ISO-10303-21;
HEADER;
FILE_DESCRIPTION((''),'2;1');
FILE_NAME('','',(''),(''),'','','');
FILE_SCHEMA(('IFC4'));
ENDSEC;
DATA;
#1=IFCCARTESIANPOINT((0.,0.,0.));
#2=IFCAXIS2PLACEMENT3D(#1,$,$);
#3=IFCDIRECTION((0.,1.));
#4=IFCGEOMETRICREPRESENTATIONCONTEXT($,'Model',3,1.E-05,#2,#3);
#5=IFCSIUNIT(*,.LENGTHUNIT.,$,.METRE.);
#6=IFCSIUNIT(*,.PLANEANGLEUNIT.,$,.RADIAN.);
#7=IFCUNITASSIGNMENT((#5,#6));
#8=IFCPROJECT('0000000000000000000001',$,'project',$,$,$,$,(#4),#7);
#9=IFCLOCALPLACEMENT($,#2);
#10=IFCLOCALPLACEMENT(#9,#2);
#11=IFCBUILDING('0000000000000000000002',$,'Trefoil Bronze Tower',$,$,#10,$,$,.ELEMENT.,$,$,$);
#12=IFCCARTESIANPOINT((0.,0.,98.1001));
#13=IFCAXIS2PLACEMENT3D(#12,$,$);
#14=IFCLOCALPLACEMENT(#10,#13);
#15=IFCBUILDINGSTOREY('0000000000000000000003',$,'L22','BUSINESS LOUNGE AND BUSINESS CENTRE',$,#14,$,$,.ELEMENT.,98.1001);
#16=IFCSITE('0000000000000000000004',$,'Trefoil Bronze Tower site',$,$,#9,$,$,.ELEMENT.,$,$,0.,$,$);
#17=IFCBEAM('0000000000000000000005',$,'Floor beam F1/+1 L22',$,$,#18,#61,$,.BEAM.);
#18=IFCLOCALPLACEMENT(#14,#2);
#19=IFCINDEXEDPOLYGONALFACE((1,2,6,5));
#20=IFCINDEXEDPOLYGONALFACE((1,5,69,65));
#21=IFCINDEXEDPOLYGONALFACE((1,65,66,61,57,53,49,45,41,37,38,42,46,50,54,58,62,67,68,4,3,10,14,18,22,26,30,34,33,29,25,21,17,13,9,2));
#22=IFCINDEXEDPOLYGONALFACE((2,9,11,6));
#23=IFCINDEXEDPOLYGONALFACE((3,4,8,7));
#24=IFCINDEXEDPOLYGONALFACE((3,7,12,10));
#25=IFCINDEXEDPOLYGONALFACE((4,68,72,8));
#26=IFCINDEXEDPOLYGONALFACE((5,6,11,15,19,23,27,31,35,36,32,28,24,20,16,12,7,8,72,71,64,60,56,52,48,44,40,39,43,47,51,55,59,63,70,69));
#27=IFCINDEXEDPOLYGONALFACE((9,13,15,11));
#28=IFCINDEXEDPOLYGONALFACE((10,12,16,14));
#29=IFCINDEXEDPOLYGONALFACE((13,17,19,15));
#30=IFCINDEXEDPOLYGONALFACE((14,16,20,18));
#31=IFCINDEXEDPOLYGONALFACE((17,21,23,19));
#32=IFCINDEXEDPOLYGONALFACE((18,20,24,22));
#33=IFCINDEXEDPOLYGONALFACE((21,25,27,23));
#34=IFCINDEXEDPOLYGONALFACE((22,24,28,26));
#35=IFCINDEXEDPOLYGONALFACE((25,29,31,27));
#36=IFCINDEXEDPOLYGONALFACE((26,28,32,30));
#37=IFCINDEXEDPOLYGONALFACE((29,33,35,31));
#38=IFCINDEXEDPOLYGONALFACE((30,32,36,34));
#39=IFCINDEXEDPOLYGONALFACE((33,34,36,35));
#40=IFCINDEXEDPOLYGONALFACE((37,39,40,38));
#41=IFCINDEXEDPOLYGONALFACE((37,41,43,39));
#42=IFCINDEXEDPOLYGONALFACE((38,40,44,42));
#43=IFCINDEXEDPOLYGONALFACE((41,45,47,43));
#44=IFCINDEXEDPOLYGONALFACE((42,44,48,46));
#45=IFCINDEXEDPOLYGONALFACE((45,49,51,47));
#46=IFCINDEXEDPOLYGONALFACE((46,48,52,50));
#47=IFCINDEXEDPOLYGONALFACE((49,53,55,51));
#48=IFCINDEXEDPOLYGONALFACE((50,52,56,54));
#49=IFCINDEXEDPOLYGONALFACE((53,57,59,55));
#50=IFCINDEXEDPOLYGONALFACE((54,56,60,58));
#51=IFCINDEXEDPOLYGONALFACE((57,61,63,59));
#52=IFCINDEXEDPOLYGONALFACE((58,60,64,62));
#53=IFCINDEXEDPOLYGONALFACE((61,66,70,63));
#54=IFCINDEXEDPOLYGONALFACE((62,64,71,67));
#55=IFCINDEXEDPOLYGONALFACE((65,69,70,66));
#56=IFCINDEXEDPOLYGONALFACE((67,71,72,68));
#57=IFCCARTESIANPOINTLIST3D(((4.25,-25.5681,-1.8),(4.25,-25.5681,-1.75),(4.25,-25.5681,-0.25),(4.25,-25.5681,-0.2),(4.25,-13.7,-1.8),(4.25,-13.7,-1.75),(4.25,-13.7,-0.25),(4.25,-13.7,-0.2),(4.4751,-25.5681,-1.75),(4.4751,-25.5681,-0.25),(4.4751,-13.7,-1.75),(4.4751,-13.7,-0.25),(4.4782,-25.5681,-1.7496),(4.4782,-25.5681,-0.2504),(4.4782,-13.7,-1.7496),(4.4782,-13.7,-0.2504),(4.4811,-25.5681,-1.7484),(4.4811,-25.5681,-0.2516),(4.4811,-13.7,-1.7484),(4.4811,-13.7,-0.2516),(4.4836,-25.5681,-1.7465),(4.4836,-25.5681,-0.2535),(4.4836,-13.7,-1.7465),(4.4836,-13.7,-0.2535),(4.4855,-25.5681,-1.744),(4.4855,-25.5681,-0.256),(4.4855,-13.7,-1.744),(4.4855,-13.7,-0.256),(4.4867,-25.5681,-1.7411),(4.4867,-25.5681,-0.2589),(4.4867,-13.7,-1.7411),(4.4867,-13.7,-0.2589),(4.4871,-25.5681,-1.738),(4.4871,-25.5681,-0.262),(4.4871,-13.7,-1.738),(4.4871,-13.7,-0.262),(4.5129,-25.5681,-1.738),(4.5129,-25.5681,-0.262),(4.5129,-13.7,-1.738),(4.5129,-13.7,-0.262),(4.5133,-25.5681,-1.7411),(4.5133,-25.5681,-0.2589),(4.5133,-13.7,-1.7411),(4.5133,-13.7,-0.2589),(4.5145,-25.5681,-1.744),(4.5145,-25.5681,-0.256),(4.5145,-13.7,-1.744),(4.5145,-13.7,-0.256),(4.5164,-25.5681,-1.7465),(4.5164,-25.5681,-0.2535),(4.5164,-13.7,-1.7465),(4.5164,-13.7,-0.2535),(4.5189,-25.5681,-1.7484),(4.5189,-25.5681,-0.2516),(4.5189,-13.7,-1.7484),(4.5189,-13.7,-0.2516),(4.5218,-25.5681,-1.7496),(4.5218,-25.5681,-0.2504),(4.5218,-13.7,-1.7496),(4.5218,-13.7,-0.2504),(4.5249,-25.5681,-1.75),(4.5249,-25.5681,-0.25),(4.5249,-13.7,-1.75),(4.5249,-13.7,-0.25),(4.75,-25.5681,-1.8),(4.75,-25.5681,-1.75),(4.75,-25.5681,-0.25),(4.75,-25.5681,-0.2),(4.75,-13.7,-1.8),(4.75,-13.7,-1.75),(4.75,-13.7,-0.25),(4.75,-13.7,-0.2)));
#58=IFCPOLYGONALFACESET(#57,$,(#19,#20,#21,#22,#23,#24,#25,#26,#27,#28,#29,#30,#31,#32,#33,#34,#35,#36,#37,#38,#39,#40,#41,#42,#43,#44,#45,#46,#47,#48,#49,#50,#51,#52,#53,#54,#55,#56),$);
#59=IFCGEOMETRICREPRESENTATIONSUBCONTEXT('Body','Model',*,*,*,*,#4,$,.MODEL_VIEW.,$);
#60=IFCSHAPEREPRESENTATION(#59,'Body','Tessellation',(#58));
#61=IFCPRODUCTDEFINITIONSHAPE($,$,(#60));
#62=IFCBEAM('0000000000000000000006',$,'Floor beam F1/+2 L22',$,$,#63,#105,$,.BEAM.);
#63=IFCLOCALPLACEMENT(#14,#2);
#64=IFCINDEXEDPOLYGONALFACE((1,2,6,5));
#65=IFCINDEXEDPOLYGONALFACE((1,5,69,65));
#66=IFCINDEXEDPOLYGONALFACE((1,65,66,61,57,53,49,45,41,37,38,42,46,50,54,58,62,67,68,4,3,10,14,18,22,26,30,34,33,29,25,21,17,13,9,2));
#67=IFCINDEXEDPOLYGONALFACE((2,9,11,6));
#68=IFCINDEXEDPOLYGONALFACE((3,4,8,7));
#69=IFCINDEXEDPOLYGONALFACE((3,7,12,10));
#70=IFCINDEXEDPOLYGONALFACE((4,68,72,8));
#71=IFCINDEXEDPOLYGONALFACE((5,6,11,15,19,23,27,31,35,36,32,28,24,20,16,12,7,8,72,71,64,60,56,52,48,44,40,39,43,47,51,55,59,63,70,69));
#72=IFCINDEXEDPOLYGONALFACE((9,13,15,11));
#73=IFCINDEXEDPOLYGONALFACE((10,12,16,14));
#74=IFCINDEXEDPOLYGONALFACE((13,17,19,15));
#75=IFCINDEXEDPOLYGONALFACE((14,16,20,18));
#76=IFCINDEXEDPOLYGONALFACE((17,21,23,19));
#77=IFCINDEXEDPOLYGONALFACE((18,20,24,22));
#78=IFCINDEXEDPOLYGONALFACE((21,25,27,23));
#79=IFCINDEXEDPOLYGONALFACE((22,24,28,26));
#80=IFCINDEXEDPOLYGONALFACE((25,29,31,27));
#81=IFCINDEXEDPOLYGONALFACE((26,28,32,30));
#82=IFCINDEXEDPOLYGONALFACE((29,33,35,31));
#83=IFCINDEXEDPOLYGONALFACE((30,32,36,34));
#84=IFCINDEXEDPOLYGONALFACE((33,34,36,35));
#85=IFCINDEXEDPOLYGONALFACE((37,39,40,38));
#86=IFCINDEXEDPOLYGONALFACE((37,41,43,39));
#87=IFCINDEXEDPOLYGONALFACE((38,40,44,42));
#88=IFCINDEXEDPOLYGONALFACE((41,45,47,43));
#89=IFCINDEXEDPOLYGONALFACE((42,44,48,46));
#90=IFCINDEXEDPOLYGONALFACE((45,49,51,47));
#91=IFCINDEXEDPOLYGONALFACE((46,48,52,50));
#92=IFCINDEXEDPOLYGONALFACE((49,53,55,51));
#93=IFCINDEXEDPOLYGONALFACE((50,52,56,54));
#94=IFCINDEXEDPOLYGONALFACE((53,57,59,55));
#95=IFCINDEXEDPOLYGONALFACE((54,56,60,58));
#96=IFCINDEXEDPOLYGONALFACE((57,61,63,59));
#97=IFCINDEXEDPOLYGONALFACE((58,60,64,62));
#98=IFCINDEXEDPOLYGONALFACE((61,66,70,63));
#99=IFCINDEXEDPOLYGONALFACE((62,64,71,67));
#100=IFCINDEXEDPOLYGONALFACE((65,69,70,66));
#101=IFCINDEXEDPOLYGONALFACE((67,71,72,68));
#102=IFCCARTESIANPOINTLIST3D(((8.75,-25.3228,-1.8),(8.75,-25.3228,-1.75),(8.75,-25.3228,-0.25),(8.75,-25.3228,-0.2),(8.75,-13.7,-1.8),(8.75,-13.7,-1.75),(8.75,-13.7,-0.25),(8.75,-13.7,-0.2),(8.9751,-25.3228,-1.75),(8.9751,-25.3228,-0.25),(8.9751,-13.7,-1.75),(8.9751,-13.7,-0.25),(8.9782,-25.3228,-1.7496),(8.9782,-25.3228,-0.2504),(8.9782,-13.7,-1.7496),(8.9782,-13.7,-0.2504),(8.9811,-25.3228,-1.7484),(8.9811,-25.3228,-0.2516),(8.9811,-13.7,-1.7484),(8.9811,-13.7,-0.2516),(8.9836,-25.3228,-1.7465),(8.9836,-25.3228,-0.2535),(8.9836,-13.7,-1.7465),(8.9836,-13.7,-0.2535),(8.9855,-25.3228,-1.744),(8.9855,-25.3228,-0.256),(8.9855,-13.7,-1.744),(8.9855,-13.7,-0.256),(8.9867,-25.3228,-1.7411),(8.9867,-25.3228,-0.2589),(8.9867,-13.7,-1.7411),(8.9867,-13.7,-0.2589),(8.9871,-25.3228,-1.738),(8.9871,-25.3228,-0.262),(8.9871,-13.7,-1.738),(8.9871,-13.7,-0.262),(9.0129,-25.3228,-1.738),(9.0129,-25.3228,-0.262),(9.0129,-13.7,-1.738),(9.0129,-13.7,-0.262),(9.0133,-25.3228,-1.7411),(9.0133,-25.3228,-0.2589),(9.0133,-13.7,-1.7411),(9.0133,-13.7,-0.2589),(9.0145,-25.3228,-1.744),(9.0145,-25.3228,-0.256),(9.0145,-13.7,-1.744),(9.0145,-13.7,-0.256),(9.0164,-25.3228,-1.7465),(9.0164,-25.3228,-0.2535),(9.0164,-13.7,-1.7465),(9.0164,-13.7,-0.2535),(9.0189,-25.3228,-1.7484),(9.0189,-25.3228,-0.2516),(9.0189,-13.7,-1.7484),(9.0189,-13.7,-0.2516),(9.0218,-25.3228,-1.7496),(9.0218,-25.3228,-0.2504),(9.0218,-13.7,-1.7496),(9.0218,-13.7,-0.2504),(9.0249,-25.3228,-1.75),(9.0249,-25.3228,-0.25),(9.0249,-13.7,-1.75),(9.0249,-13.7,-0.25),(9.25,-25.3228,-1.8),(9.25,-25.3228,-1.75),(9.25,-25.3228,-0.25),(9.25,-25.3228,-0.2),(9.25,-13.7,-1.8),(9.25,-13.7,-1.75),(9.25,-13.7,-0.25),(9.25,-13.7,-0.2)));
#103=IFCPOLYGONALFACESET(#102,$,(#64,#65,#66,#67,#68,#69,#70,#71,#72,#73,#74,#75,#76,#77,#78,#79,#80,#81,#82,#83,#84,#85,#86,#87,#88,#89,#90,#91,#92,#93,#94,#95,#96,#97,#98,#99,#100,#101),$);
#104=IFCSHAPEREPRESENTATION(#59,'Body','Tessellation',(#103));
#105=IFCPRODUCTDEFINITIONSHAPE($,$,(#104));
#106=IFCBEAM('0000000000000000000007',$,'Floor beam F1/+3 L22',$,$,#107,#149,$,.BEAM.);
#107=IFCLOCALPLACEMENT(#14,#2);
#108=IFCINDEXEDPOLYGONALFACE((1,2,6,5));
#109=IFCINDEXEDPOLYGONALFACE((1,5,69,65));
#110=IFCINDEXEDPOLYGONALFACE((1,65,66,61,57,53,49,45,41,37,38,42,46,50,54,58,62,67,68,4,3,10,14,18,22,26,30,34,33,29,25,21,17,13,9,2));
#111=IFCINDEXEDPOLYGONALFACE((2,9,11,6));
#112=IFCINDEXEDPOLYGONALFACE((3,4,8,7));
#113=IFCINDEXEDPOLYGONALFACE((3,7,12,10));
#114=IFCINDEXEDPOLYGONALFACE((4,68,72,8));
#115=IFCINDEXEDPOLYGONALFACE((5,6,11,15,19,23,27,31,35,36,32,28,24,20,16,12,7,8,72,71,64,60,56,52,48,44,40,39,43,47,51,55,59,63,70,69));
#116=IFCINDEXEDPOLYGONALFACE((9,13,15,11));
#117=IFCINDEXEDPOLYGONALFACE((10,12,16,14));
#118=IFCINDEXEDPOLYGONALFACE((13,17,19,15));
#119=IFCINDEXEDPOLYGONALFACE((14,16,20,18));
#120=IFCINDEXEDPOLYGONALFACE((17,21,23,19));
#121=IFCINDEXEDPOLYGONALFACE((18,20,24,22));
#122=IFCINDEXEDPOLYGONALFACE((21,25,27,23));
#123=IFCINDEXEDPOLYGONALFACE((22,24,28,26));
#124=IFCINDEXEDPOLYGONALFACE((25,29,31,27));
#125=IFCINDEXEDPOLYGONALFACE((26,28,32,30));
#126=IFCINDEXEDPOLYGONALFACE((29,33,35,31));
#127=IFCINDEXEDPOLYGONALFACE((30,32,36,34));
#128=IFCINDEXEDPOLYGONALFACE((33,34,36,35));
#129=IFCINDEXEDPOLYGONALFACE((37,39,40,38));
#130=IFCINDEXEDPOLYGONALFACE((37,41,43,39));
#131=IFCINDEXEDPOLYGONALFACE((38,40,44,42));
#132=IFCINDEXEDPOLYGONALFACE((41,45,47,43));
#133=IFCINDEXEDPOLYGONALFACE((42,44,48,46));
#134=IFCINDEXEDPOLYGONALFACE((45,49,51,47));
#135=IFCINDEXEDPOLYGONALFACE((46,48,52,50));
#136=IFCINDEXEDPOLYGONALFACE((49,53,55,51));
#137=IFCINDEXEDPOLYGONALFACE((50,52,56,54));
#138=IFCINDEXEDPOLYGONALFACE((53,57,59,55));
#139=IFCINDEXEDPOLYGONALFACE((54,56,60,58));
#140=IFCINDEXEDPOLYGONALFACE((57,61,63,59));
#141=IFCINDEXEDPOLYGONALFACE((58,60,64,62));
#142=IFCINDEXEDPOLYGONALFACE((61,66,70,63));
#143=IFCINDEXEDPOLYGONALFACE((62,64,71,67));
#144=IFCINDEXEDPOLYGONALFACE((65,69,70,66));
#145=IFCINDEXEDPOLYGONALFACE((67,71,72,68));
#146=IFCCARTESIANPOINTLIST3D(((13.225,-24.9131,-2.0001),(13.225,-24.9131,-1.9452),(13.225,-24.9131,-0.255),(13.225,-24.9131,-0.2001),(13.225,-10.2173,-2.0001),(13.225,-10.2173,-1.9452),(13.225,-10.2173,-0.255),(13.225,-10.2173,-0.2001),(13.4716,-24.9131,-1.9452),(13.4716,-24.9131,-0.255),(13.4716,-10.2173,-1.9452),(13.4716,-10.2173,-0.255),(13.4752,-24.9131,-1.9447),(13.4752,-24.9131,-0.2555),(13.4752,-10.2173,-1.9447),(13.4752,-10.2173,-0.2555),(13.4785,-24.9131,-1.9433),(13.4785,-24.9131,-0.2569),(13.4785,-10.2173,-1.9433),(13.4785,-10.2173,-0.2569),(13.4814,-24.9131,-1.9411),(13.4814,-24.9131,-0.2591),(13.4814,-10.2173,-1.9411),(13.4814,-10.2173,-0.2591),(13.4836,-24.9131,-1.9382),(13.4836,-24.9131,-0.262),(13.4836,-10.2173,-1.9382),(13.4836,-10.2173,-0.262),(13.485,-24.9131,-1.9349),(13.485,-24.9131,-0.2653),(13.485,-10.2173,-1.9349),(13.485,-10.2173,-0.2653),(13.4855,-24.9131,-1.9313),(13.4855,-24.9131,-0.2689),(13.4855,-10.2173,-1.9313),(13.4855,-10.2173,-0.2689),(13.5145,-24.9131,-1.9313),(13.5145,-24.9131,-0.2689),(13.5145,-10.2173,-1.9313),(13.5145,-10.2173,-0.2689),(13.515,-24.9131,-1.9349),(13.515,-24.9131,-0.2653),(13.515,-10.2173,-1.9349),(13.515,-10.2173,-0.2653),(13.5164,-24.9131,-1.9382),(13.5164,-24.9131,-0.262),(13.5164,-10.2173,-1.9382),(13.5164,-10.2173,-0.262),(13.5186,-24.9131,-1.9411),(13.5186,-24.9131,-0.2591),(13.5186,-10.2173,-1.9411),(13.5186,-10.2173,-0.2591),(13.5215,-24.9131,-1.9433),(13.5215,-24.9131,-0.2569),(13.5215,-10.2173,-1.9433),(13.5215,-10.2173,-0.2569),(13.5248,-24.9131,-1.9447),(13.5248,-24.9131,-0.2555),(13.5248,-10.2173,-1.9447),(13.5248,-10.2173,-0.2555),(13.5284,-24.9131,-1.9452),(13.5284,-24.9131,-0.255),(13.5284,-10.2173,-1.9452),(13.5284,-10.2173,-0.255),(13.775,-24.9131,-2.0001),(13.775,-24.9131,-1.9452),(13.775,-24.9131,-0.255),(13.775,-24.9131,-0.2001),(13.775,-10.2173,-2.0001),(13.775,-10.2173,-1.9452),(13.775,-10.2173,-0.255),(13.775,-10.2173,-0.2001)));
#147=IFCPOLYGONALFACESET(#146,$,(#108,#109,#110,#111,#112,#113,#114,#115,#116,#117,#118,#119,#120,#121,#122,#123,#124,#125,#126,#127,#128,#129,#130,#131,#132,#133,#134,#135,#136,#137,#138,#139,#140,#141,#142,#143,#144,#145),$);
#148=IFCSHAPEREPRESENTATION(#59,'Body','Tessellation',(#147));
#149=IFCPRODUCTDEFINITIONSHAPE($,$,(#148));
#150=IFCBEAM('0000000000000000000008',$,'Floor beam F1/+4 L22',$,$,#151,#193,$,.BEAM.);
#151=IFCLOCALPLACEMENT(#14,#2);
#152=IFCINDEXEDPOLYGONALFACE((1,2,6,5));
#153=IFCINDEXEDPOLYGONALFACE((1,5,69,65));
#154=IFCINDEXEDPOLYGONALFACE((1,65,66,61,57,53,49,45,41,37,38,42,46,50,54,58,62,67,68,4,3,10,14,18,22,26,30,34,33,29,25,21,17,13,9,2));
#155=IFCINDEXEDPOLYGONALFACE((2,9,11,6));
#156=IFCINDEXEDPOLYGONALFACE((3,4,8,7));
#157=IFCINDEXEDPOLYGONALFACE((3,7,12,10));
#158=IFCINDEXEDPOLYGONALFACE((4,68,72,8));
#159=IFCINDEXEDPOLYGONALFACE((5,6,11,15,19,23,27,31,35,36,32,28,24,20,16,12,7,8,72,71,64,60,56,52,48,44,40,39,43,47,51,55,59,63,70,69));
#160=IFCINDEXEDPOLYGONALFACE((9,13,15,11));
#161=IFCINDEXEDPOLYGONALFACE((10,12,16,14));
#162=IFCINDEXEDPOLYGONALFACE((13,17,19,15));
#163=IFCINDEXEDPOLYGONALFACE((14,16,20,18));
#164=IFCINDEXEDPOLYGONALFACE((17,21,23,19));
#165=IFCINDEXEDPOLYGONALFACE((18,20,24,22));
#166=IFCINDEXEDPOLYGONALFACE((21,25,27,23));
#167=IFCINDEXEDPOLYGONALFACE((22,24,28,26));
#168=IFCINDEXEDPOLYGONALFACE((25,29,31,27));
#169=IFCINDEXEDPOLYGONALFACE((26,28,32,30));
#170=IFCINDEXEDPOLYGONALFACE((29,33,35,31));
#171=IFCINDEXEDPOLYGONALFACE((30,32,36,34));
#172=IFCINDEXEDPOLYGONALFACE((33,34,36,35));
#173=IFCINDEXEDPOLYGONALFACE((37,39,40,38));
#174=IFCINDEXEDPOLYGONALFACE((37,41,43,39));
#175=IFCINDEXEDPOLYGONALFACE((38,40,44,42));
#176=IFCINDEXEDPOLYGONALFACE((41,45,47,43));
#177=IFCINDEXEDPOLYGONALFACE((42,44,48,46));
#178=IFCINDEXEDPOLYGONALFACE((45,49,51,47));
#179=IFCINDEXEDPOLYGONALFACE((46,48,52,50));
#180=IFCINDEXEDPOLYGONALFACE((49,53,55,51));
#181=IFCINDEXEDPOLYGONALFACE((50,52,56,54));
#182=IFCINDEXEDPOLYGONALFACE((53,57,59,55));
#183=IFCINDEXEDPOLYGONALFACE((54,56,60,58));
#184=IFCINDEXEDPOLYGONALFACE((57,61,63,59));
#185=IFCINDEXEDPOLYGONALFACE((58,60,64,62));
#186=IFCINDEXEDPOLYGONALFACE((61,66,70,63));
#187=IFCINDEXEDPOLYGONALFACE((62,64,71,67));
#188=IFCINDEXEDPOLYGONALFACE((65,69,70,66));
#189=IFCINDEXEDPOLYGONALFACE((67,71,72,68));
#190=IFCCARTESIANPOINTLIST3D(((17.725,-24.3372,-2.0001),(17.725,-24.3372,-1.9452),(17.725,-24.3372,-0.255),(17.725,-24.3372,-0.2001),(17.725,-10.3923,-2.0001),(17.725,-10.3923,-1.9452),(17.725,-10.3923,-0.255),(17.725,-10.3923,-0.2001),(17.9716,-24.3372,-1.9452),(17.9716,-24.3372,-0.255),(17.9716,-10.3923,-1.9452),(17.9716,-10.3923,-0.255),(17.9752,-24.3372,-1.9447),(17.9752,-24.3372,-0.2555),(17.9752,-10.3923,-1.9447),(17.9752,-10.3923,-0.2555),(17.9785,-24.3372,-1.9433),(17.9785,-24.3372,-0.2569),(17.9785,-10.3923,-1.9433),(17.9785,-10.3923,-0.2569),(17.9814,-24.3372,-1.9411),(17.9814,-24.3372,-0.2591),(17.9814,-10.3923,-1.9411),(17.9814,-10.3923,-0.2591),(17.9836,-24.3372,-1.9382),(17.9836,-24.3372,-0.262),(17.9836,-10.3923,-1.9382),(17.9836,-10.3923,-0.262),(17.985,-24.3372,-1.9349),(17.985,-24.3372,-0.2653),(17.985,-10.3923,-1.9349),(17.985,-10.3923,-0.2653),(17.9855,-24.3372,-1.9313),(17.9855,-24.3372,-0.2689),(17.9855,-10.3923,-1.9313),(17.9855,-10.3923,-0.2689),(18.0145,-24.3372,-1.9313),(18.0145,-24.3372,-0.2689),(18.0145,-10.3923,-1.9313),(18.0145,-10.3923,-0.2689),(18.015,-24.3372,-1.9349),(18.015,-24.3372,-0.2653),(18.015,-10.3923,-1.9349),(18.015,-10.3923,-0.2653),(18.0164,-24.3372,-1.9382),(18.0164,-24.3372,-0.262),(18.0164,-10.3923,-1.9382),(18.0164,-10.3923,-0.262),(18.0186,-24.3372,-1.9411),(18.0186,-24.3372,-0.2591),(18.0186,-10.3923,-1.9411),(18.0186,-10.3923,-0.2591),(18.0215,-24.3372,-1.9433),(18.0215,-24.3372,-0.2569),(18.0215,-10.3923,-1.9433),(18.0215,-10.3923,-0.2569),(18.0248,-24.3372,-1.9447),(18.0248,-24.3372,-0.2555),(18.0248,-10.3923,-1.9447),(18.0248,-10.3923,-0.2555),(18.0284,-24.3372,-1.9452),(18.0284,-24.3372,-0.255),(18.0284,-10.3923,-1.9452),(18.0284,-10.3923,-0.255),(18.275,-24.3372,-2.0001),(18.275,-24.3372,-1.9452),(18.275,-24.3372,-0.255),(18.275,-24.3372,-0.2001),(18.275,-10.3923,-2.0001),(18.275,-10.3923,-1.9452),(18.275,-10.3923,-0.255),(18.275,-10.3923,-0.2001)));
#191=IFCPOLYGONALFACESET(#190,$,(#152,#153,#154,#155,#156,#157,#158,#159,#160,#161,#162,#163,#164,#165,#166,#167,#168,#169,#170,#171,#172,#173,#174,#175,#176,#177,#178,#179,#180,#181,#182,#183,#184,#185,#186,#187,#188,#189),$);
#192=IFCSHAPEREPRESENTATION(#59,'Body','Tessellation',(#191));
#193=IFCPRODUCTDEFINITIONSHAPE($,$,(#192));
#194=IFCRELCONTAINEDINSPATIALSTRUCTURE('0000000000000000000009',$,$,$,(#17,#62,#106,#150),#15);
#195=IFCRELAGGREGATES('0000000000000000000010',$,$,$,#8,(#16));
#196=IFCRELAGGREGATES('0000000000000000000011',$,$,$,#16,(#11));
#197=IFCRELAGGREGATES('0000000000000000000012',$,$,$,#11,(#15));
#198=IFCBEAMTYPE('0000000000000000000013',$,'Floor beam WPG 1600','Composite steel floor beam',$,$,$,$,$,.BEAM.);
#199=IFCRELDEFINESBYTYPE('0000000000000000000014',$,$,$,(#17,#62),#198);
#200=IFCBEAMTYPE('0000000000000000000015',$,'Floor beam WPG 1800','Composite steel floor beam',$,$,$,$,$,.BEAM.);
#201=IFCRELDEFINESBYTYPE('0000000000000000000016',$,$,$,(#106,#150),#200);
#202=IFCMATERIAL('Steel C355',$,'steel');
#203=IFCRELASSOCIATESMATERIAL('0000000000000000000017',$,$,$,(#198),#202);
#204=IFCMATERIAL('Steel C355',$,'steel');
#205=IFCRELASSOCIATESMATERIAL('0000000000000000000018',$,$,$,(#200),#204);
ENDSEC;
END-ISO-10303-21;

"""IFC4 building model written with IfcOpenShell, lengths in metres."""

from ifc_helpers import new_model, si_unit, direction, frame, origin, origin_2d, place, context, subcontext, project, spatial, i_section, extrude, material, material_profile, profile_set, type_object, element, save


model = new_model("IFC4")

# Units and contexts
model_context = context("Model", 3, precision=1e-05, world=origin(), true_north=direction((0.0, 1.0)))
body_context = subcontext(model_context, "Body", "Model", "MODEL_VIEW")
ifc_project = project(units=[si_unit("LENGTHUNIT", "METRE"), si_unit("PLANEANGLEUNIT", "RADIAN")], contexts=[model_context])

# Site, building, storey
site_placement = place(None, origin())
site = spatial("IfcSite", under=ifc_project, at=site_placement, Name="Trefoil Bronze Tower site", CompositionType="ELEMENT", RefElevation=0.0)
building_placement = place(site_placement, origin())
building = spatial("IfcBuilding", under=site, at=building_placement, Name="Trefoil Bronze Tower", CompositionType="ELEMENT")
storey_placement = place(building_placement, frame((0.0, 0.0, 98.1001)))
storey = spatial("IfcBuildingStorey", under=building, at=storey_placement, Name="L22", Description="BUSINESS LOUNGE AND BUSINESS CENTRE", CompositionType="ELEMENT", Elevation=98.1001)

# Beams
ifc_material_1 = material(Name="Steel C355", Category="steel")
ifc_material_profile_1 = material_profile(ifc_material_1, i_section(OverallWidth=0.5, OverallDepth=1.6001, WebThickness=0.0259, FlangeThickness=0.05, FilletRadius=0.012, at=origin_2d()), Name="WPG 1600")
ifc_profile_set_1 = profile_set([ifc_material_profile_1], Name="Steel C355")
beam_type_1 = type_object("IfcBeamType", Name="Floor beam WPG 1600", Description="Composite steel floor beam", PredefinedType="BEAM", material=ifc_profile_set_1)
beam_1_placement = place(storey_placement, frame((4.5, -25.5681, -1.0), z_axis=(0.0, 1.0, 0.0), x_axis=(-1.0, 0.0, 0.0)))
element("IfcBeam", 1, at=beam_1_placement, inside=storey, type_object=beam_type_1, Name="Floor beam F1/+1 L22", PredefinedType="BEAM", context=body_context, shape_type="SweptSolid", body=[
    extrude(i_section(OverallWidth=0.5, OverallDepth=1.6001, WebThickness=0.0259, FlangeThickness=0.05, FilletRadius=0.012, at=origin_2d()), origin(), (0.0, 0.0, 1.0), 11.8682),
])
beam_2_placement = place(storey_placement, frame((9.0, -25.3228, -1.0), z_axis=(0.0, 1.0, 0.0), x_axis=(-1.0, 0.0, 0.0)))
element("IfcBeam", 2, at=beam_2_placement, inside=storey, type_object=beam_type_1, Name="Floor beam F1/+2 L22", PredefinedType="BEAM", context=body_context, shape_type="SweptSolid", body=[
    extrude(i_section(OverallWidth=0.5, OverallDepth=1.6001, WebThickness=0.0259, FlangeThickness=0.05, FilletRadius=0.012, at=origin_2d()), origin(), (0.0, 0.0, 1.0), 11.6228),
])
ifc_material_2 = material(Name="Steel C355", Category="steel")
ifc_material_profile_2 = material_profile(ifc_material_2, i_section(OverallWidth=0.55, OverallDepth=1.8, WebThickness=0.0291, FlangeThickness=0.0549, FilletRadius=0.0139, at=origin_2d()), Name="WPG 1800")
ifc_profile_set_2 = profile_set([ifc_material_profile_2], Name="Steel C355")
beam_type_2 = type_object("IfcBeamType", Name="Floor beam WPG 1800", Description="Composite steel floor beam", PredefinedType="BEAM", material=ifc_profile_set_2)
beam_3_placement = place(storey_placement, frame((13.5, -24.9131, -1.1001), z_axis=(0.0, 1.0, 0.0), x_axis=(-1.0, 0.0, 0.0)))
element("IfcBeam", 3, at=beam_3_placement, inside=storey, type_object=beam_type_2, Name="Floor beam F1/+3 L22", PredefinedType="BEAM", context=body_context, shape_type="SweptSolid", body=[
    extrude(i_section(OverallWidth=0.55, OverallDepth=1.8, WebThickness=0.0291, FlangeThickness=0.0549, FilletRadius=0.0139, at=origin_2d()), origin(), (0.0, 0.0, 1.0), 14.6958),
])
beam_4_placement = place(storey_placement, frame((18.0, -24.3372, -1.1001), z_axis=(0.0, 1.0, 0.0), x_axis=(-1.0, 0.0, 0.0)))
element("IfcBeam", 4, at=beam_4_placement, inside=storey, type_object=beam_type_2, Name="Floor beam F1/+4 L22", PredefinedType="BEAM", context=body_context, shape_type="SweptSolid", body=[
    extrude(i_section(OverallWidth=0.55, OverallDepth=1.8, WebThickness=0.0291, FlangeThickness=0.0549, FilletRadius=0.0139, at=origin_2d()), origin(), (0.0, 0.0, 1.0), 13.9448),
])

save(model, "model.ifc")
